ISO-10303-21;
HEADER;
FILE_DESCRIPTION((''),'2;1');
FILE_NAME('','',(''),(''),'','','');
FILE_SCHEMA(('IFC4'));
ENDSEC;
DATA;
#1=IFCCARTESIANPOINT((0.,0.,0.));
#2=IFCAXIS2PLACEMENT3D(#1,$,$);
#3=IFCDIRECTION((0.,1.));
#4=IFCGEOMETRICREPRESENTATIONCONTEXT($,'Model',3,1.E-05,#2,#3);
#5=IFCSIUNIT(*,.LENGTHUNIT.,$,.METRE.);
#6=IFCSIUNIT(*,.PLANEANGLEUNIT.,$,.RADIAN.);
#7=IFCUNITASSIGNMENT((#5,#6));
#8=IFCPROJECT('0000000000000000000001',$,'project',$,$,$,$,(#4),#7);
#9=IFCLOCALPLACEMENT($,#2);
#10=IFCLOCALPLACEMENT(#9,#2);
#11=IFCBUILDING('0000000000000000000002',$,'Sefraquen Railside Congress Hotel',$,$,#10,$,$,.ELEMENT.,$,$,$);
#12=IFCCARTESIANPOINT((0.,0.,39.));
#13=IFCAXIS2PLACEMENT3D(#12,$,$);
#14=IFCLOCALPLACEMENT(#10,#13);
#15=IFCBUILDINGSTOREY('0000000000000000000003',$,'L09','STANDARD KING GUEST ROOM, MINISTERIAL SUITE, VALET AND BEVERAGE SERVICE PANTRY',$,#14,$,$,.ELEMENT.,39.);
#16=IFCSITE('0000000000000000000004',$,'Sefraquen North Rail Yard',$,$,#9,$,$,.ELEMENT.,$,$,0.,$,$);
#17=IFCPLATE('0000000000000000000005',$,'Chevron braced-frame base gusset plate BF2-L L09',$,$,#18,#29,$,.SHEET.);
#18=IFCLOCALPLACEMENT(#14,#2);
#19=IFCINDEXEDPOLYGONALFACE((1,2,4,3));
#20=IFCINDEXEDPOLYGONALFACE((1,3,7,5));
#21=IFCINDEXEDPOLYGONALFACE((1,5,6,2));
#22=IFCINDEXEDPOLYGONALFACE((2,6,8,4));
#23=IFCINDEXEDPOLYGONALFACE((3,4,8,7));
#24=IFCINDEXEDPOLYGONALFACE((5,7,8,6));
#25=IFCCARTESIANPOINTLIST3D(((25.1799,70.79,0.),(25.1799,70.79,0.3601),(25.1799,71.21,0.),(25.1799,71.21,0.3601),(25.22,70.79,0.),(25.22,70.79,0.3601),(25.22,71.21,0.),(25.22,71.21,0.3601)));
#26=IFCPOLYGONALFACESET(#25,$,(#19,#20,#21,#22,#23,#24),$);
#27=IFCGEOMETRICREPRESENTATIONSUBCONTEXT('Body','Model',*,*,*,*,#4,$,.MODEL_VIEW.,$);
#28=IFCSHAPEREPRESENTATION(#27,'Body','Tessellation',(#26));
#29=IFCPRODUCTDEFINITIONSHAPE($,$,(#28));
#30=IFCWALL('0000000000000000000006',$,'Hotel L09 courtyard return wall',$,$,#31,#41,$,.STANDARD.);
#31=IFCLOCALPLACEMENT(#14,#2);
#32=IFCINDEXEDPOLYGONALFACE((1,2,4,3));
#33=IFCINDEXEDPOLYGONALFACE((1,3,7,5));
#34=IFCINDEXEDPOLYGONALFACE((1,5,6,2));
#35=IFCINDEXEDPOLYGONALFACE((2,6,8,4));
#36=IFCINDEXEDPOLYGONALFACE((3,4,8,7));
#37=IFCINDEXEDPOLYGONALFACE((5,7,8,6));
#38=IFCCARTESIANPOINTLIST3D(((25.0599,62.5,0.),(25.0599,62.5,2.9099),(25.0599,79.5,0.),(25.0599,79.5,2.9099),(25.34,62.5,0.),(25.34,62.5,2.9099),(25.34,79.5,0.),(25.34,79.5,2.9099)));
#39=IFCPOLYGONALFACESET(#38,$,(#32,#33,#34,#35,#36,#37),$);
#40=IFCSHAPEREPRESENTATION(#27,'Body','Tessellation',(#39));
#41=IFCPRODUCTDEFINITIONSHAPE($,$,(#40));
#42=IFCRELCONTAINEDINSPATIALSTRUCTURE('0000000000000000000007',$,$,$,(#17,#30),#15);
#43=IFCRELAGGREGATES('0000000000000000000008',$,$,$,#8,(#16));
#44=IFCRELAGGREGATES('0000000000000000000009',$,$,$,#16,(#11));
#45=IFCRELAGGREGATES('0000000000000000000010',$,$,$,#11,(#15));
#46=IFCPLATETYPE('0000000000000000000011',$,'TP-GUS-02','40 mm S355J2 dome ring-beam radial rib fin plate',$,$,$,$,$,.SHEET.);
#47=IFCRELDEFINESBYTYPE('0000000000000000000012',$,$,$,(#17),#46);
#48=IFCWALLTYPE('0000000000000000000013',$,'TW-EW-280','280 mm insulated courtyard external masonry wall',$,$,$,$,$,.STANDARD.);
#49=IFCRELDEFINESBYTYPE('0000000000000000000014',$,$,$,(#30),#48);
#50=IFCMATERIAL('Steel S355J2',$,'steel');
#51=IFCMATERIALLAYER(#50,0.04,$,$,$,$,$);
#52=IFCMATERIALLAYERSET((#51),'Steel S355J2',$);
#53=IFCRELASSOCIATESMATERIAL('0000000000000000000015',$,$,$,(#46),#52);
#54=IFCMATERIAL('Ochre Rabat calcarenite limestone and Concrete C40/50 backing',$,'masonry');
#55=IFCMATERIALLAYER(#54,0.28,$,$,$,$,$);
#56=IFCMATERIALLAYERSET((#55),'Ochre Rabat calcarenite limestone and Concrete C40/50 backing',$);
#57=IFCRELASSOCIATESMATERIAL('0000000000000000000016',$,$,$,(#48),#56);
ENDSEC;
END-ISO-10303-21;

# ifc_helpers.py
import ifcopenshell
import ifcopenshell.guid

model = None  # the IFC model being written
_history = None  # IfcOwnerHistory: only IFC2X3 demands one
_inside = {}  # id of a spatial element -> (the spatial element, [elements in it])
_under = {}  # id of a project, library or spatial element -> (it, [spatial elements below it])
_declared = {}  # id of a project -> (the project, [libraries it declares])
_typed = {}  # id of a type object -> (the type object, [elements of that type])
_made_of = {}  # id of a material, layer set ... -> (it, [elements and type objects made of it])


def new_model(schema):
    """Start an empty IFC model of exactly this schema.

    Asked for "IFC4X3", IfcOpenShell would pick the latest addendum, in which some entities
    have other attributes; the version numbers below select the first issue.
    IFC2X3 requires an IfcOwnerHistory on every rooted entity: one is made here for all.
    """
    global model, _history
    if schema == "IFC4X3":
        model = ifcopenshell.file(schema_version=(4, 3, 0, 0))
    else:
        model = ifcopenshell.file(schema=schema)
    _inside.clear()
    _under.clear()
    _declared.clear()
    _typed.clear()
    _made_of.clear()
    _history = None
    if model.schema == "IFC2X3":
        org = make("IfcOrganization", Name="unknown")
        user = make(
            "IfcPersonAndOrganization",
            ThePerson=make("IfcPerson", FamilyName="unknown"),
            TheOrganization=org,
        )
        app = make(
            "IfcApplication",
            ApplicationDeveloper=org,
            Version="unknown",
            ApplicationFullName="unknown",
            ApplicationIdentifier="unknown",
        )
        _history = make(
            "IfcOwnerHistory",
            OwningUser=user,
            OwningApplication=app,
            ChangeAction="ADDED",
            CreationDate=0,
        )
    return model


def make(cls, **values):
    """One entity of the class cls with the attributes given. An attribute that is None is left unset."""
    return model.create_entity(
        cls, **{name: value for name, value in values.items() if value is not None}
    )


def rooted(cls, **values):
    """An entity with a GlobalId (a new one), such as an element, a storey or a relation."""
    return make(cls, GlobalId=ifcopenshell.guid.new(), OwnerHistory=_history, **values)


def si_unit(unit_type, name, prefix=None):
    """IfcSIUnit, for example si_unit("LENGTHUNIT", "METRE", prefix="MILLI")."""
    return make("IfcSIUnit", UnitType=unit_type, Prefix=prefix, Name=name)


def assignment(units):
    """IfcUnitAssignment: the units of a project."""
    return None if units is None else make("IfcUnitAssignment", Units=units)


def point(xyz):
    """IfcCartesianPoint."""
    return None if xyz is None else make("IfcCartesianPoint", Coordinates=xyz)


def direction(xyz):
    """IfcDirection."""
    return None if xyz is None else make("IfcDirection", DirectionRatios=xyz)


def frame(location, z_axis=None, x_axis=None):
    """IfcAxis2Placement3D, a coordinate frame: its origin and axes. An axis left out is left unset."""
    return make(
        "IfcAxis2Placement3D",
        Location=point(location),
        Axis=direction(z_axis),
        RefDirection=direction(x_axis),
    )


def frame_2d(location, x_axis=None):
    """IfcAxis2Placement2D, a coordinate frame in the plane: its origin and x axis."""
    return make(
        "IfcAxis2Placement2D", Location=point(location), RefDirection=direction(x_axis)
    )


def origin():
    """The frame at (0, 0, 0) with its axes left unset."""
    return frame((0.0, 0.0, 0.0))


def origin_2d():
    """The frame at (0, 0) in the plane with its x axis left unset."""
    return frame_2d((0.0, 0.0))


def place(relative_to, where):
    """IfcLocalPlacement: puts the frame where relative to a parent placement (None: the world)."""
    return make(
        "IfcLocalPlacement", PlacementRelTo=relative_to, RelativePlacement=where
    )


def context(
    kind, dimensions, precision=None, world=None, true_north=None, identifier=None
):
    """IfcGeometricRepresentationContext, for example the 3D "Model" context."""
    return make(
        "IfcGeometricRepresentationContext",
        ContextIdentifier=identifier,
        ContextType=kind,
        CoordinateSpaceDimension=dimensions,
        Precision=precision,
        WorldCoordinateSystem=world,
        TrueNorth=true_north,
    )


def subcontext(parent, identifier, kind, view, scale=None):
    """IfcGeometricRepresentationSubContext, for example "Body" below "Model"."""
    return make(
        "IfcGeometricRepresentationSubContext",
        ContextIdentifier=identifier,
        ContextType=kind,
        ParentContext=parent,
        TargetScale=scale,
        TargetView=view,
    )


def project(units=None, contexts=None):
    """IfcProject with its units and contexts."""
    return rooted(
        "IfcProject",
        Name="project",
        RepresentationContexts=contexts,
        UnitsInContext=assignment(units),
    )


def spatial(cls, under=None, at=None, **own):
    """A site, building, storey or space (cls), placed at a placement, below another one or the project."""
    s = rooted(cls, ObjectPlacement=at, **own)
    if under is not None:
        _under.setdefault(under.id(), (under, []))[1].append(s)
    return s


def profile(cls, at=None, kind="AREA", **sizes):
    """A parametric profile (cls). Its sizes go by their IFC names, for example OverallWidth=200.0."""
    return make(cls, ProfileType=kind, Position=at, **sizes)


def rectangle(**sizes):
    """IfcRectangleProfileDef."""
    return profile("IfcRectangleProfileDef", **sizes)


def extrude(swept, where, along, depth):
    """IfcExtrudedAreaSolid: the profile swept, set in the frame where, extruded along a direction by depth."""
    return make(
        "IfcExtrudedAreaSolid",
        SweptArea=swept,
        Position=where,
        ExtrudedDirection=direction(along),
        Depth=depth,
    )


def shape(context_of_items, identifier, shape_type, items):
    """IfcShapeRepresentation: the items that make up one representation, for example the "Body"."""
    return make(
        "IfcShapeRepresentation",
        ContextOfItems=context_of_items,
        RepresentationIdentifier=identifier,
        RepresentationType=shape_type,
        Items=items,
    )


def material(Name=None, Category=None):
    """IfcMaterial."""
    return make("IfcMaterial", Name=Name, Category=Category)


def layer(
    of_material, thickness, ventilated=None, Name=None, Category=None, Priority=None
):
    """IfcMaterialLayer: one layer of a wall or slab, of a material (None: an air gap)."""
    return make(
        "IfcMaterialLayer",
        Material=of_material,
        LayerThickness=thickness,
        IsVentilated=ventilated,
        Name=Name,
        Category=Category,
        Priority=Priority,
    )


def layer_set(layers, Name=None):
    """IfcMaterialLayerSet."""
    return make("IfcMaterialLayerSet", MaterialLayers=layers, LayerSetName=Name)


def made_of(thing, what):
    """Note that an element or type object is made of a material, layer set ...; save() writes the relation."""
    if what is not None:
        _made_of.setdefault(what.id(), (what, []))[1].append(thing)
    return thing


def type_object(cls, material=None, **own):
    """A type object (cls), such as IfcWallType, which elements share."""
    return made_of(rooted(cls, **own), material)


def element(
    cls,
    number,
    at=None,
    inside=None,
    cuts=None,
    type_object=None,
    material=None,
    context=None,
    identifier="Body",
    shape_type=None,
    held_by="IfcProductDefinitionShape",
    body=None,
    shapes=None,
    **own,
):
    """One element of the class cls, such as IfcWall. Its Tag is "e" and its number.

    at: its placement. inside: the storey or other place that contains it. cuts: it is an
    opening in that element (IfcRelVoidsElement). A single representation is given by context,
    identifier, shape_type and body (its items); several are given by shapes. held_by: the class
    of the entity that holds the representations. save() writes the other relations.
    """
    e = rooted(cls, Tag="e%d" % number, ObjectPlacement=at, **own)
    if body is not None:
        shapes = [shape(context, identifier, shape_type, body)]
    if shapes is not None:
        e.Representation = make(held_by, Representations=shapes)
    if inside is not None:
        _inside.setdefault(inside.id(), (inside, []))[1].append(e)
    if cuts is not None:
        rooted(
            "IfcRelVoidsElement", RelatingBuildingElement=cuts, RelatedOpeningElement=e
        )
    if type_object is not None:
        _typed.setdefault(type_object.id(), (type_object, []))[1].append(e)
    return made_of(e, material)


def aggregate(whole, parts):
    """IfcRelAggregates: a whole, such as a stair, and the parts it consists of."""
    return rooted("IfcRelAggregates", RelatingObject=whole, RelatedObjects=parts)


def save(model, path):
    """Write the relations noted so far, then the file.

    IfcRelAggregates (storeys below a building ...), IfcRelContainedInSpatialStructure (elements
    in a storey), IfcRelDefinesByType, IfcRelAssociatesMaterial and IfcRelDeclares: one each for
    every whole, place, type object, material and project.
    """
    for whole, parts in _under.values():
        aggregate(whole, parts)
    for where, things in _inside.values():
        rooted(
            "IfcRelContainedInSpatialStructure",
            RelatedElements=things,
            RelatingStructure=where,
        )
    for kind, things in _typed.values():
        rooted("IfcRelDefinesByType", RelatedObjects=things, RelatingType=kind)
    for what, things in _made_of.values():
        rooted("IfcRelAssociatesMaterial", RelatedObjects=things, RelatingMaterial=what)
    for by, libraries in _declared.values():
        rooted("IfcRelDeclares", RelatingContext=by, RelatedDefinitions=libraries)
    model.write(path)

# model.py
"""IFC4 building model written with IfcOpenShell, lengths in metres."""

from ifc_helpers import new_model, si_unit, direction, frame, frame_2d, origin, origin_2d, place, context, subcontext, project, spatial, rectangle, extrude, material, layer, layer_set, type_object, element, save


model = new_model("IFC4")

# Units and contexts
model_context = context("Model", 3, precision=1e-05, world=origin(), true_north=direction((0.0, 1.0)))
body_context = subcontext(model_context, "Body", "Model", "MODEL_VIEW")
ifc_project = project(units=[si_unit("LENGTHUNIT", "METRE"), si_unit("PLANEANGLEUNIT", "RADIAN")], contexts=[model_context])

# Site, building, storey
site_placement = place(None, origin())
site = spatial("IfcSite", under=ifc_project, at=site_placement, Name="Sefraquen North Rail Yard", CompositionType="ELEMENT", RefElevation=0.0)
building_placement = place(site_placement, origin())
building = spatial("IfcBuilding", under=site, at=building_placement, Name="Sefraquen Railside Congress Hotel", CompositionType="ELEMENT")
storey_placement = place(building_placement, frame((0.0, 0.0, 39.0)))
storey = spatial("IfcBuildingStorey", under=building, at=storey_placement, Name="L09", Description="STANDARD KING GUEST ROOM, MINISTERIAL SUITE, VALET AND BEVERAGE SERVICE PANTRY", CompositionType="ELEMENT", Elevation=39.0)

# Shared definitions
ifc_material_1 = material(Name="Steel S355J2", Category="steel")

# Plate
ifc_layer_1 = layer(ifc_material_1, 0.04)
ifc_layer_set_1 = layer_set([ifc_layer_1], Name="Steel S355J2")
plate_type = type_object("IfcPlateType", Name="TP-GUS-02", Description="40 mm S355J2 dome ring-beam radial rib fin plate", PredefinedType="SHEET", material=ifc_layer_set_1)
plate_placement = place(storey_placement, frame((25.2, 71.0, 0.0), z_axis=(0.0, 0.0, 1.0), x_axis=(0.0, 1.0, 0.0)))
element("IfcPlate", 1, at=plate_placement, inside=storey, type_object=plate_type, Name="Chevron braced-frame base gusset plate BF2-L L09", PredefinedType="SHEET", context=body_context, shape_type="SweptSolid", body=[
    extrude(rectangle(XDim=0.4199, YDim=0.04, at=origin_2d()), origin(), (0.0, 0.0, 1.0), 0.3601),
])

# Wall
ifc_material_2 = material(Name="Ochre Rabat calcarenite limestone and Concrete C40/50 backing", Category="masonry")
ifc_layer_2 = layer(ifc_material_2, 0.28)
ifc_layer_set_2 = layer_set([ifc_layer_2], Name="Ochre Rabat calcarenite limestone and Concrete C40/50 backing")
wall_type = type_object("IfcWallType", Name="TW-EW-280", Description="280 mm insulated courtyard external masonry wall", PredefinedType="STANDARD", material=ifc_layer_set_2)
wall_placement = place(storey_placement, frame((25.2, 62.5, 0.0), z_axis=(0.0, 0.0, 1.0), x_axis=(0.0, 1.0, 0.0)))
element("IfcWall", 2, at=wall_placement, inside=storey, type_object=wall_type, Name="Hotel L09 courtyard return wall", PredefinedType="STANDARD", context=body_context, shape_type="SweptSolid", body=[
    extrude(rectangle(XDim=17.0, YDim=0.28, at=frame_2d((8.5, 0.0))), origin(), (0.0, 0.0, 1.0), 2.9099),
])

save(model, "model.ifc")
